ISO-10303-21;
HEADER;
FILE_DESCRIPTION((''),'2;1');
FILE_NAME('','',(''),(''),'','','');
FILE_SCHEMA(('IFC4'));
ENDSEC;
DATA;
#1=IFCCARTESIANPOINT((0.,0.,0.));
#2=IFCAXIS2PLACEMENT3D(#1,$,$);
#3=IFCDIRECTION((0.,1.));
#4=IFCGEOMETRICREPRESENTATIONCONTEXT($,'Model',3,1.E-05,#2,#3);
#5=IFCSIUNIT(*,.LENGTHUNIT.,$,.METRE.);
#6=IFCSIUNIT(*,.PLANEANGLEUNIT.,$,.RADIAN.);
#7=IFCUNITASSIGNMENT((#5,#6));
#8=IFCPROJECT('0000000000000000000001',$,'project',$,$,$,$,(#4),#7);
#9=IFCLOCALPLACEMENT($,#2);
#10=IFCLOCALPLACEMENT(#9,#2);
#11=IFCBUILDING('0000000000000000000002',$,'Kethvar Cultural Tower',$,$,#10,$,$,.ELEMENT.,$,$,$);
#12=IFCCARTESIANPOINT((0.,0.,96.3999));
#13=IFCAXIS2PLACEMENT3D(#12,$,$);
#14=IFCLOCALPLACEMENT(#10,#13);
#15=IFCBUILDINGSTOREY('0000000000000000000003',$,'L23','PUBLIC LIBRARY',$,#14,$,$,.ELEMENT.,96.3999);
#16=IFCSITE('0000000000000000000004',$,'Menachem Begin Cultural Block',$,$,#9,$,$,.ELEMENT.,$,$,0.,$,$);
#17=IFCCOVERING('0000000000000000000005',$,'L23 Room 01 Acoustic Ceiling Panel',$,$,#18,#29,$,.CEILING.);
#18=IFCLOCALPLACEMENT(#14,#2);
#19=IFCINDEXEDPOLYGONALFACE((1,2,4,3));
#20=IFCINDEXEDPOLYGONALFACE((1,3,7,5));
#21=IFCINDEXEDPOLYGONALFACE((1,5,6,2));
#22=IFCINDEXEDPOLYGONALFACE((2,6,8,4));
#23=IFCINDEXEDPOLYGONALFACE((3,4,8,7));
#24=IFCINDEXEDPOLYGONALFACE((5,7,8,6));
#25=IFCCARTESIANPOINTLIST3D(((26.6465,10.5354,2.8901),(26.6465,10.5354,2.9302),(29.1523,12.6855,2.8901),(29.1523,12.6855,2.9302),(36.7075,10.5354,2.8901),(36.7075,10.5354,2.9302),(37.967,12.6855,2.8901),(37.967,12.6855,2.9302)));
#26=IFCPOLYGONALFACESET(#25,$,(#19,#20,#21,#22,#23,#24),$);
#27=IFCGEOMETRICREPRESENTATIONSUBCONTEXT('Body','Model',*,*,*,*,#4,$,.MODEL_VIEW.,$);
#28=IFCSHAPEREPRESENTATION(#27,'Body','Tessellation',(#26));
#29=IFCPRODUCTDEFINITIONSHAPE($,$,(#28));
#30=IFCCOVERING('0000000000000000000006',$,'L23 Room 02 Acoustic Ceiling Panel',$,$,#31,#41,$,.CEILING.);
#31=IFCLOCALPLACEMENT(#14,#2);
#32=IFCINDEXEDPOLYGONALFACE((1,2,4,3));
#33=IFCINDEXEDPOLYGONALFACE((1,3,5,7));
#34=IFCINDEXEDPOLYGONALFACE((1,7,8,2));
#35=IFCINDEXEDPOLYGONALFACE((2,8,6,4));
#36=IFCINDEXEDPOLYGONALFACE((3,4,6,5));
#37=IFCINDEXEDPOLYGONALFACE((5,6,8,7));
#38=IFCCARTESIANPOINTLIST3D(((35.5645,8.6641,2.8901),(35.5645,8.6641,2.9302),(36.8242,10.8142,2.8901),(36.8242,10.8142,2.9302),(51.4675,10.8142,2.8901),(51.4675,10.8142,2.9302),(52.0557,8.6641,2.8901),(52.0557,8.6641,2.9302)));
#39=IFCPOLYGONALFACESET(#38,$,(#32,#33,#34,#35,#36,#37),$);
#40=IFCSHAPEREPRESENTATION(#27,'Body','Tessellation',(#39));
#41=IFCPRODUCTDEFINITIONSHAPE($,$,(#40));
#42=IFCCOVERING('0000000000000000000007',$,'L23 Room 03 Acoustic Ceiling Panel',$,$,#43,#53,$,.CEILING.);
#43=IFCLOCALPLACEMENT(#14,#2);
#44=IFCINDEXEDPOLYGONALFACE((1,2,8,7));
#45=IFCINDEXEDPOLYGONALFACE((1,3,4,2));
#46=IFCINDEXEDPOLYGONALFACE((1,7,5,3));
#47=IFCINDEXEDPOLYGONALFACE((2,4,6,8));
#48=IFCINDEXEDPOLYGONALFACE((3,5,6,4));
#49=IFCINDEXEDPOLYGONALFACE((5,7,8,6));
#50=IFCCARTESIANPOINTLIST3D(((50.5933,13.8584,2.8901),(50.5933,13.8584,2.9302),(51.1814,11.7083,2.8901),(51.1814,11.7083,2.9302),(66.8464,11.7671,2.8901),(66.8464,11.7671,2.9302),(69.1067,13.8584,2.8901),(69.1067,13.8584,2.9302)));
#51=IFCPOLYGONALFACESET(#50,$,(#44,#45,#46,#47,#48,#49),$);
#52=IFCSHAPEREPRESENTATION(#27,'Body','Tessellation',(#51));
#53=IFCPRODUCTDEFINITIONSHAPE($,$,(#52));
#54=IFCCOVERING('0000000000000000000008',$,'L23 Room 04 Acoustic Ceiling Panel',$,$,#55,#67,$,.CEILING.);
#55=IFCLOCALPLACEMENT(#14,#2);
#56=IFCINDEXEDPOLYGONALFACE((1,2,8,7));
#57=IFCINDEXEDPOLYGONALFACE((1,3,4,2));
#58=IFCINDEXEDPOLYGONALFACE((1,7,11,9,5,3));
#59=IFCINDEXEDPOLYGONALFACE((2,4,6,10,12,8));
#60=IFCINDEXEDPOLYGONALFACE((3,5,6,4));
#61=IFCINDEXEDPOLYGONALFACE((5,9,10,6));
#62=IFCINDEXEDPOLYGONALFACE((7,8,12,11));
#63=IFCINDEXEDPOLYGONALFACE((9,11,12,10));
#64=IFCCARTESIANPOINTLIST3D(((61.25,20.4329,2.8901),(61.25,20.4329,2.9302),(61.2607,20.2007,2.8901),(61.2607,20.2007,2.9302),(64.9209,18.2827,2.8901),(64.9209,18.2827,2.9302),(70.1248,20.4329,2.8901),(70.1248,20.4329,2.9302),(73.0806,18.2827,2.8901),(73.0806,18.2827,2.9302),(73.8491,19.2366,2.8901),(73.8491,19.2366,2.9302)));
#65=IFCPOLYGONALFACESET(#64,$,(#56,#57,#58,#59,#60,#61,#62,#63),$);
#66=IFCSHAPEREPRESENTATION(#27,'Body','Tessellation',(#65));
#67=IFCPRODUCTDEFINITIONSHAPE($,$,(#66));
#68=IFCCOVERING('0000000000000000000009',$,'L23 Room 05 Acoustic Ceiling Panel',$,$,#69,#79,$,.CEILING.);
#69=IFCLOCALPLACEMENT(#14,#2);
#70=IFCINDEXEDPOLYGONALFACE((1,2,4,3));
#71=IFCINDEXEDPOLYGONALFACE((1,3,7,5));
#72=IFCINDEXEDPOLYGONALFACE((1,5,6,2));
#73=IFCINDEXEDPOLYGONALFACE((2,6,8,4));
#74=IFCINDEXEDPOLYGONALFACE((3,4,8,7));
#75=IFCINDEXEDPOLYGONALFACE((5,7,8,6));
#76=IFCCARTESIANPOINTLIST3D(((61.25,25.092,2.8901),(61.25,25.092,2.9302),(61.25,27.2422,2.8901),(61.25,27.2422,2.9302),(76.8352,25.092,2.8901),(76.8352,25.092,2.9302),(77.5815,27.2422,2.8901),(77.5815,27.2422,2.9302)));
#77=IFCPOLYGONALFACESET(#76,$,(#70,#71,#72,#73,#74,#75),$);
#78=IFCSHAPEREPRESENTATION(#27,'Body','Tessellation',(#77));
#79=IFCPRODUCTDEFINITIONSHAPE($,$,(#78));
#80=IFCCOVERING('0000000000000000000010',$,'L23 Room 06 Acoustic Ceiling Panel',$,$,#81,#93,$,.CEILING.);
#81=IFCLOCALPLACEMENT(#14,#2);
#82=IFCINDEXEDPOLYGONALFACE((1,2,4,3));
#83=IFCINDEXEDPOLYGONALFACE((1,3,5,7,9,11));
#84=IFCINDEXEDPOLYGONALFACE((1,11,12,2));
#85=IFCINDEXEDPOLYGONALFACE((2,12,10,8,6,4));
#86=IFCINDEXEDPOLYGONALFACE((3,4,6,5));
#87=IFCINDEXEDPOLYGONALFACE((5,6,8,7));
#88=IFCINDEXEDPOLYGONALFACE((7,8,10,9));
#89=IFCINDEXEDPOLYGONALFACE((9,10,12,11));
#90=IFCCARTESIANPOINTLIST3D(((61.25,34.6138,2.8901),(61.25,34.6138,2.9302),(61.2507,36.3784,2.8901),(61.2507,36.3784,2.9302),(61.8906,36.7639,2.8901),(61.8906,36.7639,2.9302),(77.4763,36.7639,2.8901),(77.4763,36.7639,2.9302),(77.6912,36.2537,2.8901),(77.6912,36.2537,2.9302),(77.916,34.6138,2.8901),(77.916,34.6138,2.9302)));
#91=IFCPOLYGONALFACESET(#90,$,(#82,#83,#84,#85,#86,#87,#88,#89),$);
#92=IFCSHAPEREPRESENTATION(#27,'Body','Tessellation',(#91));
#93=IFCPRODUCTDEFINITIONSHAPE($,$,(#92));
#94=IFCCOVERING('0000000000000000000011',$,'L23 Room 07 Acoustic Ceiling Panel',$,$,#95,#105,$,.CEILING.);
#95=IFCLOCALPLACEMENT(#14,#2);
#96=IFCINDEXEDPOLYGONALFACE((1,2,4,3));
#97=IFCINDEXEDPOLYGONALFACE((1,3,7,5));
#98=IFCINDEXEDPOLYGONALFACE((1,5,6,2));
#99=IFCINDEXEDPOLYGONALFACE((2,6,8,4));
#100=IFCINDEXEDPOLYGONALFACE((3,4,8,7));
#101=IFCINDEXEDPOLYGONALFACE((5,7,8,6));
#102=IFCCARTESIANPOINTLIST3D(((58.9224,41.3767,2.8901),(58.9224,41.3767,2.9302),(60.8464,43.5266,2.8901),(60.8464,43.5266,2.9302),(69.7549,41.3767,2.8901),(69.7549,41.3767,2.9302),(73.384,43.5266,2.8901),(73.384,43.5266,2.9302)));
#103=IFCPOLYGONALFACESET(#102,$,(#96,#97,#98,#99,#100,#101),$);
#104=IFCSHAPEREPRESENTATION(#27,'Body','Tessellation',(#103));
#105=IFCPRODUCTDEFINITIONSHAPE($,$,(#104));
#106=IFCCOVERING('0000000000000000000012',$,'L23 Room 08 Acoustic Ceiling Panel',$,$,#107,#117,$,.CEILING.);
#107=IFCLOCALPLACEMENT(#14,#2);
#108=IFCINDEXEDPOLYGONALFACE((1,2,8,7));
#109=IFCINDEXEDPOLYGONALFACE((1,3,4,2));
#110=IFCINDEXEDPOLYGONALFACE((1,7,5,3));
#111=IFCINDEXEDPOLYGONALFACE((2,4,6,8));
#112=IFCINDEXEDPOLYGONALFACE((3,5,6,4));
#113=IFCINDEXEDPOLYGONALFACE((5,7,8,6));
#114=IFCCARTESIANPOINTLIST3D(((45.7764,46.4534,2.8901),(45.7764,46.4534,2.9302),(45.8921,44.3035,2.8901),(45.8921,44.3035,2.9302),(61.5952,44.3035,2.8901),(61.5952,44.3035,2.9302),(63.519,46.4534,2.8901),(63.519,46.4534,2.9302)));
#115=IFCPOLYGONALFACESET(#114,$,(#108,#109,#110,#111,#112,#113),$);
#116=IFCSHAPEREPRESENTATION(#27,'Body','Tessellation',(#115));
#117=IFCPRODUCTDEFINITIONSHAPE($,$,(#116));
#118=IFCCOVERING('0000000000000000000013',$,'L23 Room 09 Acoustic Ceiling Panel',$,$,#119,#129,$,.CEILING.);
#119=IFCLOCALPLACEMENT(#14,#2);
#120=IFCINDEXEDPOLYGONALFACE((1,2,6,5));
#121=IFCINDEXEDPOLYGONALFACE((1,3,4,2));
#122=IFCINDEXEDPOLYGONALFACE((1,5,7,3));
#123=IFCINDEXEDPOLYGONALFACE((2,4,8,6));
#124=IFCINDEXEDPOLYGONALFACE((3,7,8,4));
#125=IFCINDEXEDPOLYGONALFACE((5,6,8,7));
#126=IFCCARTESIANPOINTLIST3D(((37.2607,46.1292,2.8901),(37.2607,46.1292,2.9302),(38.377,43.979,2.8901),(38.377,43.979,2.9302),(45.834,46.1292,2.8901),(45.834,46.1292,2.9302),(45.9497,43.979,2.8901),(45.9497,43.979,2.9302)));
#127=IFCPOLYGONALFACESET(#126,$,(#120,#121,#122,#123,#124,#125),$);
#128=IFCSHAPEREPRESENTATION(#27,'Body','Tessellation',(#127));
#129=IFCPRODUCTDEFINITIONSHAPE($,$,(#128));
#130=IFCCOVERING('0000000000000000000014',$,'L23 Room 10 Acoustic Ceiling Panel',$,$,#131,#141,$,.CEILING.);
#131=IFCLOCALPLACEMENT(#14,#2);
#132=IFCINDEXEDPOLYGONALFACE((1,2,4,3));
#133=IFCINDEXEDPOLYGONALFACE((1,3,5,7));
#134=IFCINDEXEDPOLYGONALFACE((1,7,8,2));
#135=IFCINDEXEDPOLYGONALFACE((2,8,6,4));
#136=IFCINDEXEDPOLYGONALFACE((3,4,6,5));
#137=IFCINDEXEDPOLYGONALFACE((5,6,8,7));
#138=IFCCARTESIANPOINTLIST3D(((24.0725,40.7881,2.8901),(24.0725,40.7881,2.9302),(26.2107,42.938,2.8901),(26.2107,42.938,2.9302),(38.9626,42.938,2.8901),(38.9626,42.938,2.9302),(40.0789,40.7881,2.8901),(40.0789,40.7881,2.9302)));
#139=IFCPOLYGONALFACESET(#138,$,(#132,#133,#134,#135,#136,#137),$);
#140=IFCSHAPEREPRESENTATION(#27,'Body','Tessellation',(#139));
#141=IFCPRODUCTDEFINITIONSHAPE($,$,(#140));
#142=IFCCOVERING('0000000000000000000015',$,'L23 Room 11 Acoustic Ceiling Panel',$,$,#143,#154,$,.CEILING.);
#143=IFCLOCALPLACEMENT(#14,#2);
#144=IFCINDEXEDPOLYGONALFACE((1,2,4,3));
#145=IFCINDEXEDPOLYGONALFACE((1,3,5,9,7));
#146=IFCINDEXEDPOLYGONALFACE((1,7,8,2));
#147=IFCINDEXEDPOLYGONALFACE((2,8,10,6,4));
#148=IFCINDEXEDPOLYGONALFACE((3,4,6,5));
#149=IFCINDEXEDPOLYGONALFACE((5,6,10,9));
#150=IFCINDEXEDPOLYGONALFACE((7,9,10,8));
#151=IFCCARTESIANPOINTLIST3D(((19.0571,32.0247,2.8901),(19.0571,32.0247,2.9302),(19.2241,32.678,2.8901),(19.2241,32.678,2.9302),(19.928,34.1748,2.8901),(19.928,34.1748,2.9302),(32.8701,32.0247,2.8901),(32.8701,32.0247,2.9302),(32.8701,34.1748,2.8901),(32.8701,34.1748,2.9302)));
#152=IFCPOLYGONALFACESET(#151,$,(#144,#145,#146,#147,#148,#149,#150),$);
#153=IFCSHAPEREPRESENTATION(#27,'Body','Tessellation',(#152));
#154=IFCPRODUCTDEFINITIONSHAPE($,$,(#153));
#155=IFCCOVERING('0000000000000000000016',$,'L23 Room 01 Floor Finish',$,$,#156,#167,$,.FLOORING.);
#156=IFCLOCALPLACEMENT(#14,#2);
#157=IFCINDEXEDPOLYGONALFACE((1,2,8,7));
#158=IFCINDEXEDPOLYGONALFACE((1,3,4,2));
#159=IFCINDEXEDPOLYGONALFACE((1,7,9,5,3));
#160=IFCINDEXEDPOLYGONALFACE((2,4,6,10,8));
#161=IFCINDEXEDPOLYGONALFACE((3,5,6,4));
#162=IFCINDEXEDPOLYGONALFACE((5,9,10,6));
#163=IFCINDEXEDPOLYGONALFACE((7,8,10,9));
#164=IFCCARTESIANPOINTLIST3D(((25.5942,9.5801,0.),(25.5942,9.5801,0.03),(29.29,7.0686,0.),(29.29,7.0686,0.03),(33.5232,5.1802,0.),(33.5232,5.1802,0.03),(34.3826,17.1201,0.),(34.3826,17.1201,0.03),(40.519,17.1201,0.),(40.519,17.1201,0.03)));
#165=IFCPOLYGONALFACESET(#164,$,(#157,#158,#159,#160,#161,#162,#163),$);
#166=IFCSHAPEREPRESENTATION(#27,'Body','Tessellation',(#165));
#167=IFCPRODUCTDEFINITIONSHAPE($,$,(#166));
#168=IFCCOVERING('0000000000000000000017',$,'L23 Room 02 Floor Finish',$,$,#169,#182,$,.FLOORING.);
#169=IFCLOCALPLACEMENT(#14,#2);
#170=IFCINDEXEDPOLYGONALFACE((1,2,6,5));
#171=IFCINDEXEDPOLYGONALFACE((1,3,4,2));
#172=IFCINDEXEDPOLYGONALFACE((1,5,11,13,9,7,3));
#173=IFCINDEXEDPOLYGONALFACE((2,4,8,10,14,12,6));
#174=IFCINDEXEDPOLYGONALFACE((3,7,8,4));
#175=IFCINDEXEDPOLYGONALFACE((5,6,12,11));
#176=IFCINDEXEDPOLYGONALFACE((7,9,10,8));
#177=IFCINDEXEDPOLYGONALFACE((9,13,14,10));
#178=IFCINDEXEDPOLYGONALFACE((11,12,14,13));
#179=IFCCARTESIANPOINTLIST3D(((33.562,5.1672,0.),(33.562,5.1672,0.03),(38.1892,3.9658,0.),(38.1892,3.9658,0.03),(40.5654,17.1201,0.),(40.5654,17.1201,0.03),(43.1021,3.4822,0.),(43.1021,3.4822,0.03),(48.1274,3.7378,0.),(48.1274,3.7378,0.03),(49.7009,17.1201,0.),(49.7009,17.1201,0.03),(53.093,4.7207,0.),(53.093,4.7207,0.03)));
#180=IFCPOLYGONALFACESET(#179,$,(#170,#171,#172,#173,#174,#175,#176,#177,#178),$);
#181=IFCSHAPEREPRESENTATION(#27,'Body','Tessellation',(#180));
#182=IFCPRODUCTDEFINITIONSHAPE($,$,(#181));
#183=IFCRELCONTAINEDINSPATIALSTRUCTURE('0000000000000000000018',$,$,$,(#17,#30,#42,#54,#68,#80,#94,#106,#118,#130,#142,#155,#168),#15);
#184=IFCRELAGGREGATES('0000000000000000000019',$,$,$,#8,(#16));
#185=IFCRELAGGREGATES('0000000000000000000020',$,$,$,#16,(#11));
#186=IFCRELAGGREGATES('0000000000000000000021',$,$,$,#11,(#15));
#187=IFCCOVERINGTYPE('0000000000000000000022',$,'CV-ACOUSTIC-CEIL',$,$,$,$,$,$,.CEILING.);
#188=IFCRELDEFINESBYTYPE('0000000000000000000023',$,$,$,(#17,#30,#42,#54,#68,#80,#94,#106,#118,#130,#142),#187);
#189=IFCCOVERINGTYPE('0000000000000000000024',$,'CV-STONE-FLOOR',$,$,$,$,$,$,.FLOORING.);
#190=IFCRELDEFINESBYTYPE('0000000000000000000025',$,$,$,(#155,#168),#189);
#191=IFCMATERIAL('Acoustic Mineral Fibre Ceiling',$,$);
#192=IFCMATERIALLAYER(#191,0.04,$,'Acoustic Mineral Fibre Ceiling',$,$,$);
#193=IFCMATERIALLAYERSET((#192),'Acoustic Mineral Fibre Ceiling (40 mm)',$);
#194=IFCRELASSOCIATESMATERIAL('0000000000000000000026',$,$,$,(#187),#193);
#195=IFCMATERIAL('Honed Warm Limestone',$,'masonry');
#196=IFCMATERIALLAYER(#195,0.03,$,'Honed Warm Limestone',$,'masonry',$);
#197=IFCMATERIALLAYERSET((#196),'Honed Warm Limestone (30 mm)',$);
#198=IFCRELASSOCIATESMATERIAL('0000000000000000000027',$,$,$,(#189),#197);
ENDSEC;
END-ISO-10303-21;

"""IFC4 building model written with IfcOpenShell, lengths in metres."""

from ifc_helpers import new_model, si_unit, direction, frame, origin, place, context, subcontext, project, spatial, polyline, outline, extrude, material, layer, layer_set, type_object, element, save


model = new_model("IFC4")

# Units and contexts
model_context = context("Model", 3, precision=1e-05, world=origin(), true_north=direction((0.0, 1.0)))
body_context = subcontext(model_context, "Body", "Model", "MODEL_VIEW")
ifc_project = project(units=[si_unit("LENGTHUNIT", "METRE"), si_unit("PLANEANGLEUNIT", "RADIAN")], contexts=[model_context])

# Site, building, storey
site_placement = place(None, origin())
site = spatial("IfcSite", under=ifc_project, at=site_placement, Name="Menachem Begin Cultural Block", CompositionType="ELEMENT", RefElevation=0.0)
building_placement = place(site_placement, origin())
building = spatial("IfcBuilding", under=site, at=building_placement, Name="Kethvar Cultural Tower", CompositionType="ELEMENT")
storey_placement = place(building_placement, frame((0.0, 0.0, 96.3999)))
storey = spatial("IfcBuildingStorey", under=building, at=storey_placement, Name="L23", Description="PUBLIC LIBRARY", CompositionType="ELEMENT", Elevation=96.3999)

# Coverings
ifc_material_1 = material(Name="Acoustic Mineral Fibre Ceiling")
ifc_layer_1 = layer(ifc_material_1, 0.04, Name="Acoustic Mineral Fibre Ceiling")
ifc_layer_set_1 = layer_set([ifc_layer_1], Name="Acoustic Mineral Fibre Ceiling (40 mm)")
covering_type_1 = type_object("IfcCoveringType", Name="CV-ACOUSTIC-CEIL", PredefinedType="CEILING", material=ifc_layer_set_1)
covering_1_placement = place(storey_placement, frame((0.0, 0.0, 2.8901)))
element("IfcCovering", 1, at=covering_1_placement, inside=storey, type_object=covering_type_1, Name="L23 Room 01 Acoustic Ceiling Panel", PredefinedType="CEILING", context=body_context, shape_type="SweptSolid", body=[
    extrude(outline(polyline([(29.1523, 12.6855), (37.967, 12.6855), (36.7075, 10.5354), (26.6465, 10.5354), (29.1523, 12.6855)])), origin(), (0.0, 0.0, 1.0), 0.04),
])
covering_2_placement = place(storey_placement, frame((0.0, 0.0, 2.8901)))
element("IfcCovering", 2, at=covering_2_placement, inside=storey, type_object=covering_type_1, Name="L23 Room 02 Acoustic Ceiling Panel", PredefinedType="CEILING", context=body_context, shape_type="SweptSolid", body=[
    extrude(outline(polyline([(36.8242, 10.8142), (51.4675, 10.8142), (52.0557, 8.6641), (35.5645, 8.6641), (36.8242, 10.8142)])), origin(), (0.0, 0.0, 1.0), 0.04),
])
covering_3_placement = place(storey_placement, frame((0.0, 0.0, 2.8901)))
element("IfcCovering", 3, at=covering_3_placement, inside=storey, type_object=covering_type_1, Name="L23 Room 03 Acoustic Ceiling Panel", PredefinedType="CEILING", context=body_context, shape_type="SweptSolid", body=[
    extrude(outline(polyline([(66.8464, 11.7671), (51.1814, 11.7083), (50.5933, 13.8584), (69.1067, 13.8584), (66.8464, 11.7671)])), origin(), (0.0, 0.0, 1.0), 0.04),
])
covering_4_placement = place(storey_placement, frame((0.0, 0.0, 2.8901)))
element("IfcCovering", 4, at=covering_4_placement, inside=storey, type_object=covering_type_1, Name="L23 Room 04 Acoustic Ceiling Panel", PredefinedType="CEILING", context=body_context, shape_type="SweptSolid", body=[
    extrude(outline(polyline([(61.2607, 20.2007), (61.25, 20.4329), (70.1248, 20.4329), (73.8491, 19.2366), (73.0806, 18.2827), (64.9209, 18.2827), (61.2607, 20.2007)])), origin(), (0.0, 0.0, 1.0), 0.04),
])
covering_5_placement = place(storey_placement, frame((0.0, 0.0, 2.8901)))
element("IfcCovering", 5, at=covering_5_placement, inside=storey, type_object=covering_type_1, Name="L23 Room 05 Acoustic Ceiling Panel", PredefinedType="CEILING", context=body_context, shape_type="SweptSolid", body=[
    extrude(outline(polyline([(76.8352, 25.092), (61.25, 25.092), (61.25, 27.2422), (77.5815, 27.2422), (76.8352, 25.092)])), origin(), (0.0, 0.0, 1.0), 0.04),
])
covering_6_placement = place(storey_placement, frame((0.0, 0.0, 2.8901)))
element("IfcCovering", 6, at=covering_6_placement, inside=storey, type_object=covering_type_1, Name="L23 Room 06 Acoustic Ceiling Panel", PredefinedType="CEILING", context=body_context, shape_type="SweptSolid", body=[
    extrude(outline(polyline([(77.6912, 36.2537), (77.916, 34.6138), (61.25, 34.6138), (61.2507, 36.3784), (61.8906, 36.7639), (77.4763, 36.7639), (77.6912, 36.2537)])), origin(), (0.0, 0.0, 1.0), 0.04),
])
covering_7_placement = place(storey_placement, frame((0.0, 0.0, 2.8901)))
element("IfcCovering", 7, at=covering_7_placement, inside=storey, type_object=covering_type_1, Name="L23 Room 07 Acoustic Ceiling Panel", PredefinedType="CEILING", context=body_context, shape_type="SweptSolid", body=[
    extrude(outline(polyline([(69.7549, 41.3767), (58.9224, 41.3767), (60.8464, 43.5266), (73.384, 43.5266), (69.7549, 41.3767)])), origin(), (0.0, 0.0, 1.0), 0.04),
])
covering_8_placement = place(storey_placement, frame((0.0, 0.0, 2.8901)))
element("IfcCovering", 8, at=covering_8_placement, inside=storey, type_object=covering_type_1, Name="L23 Room 08 Acoustic Ceiling Panel", PredefinedType="CEILING", context=body_context, shape_type="SweptSolid", body=[
    extrude(outline(polyline([(61.5952, 44.3035), (45.8921, 44.3035), (45.7764, 46.4534), (63.519, 46.4534), (61.5952, 44.3035)])), origin(), (0.0, 0.0, 1.0), 0.04),
])
covering_9_placement = place(storey_placement, frame((0.0, 0.0, 2.8901)))
element("IfcCovering", 9, at=covering_9_placement, inside=storey, type_object=covering_type_1, Name="L23 Room 09 Acoustic Ceiling Panel", PredefinedType="CEILING", context=body_context, shape_type="SweptSolid", body=[
    extrude(outline(polyline([(45.9497, 43.979), (38.377, 43.979), (37.2607, 46.1292), (45.834, 46.1292), (45.9497, 43.979)])), origin(), (0.0, 0.0, 1.0), 0.04),
])
covering_10_placement = place(storey_placement, frame((0.0, 0.0, 2.8901)))
element("IfcCovering", 10, at=covering_10_placement, inside=storey, type_object=covering_type_1, Name="L23 Room 10 Acoustic Ceiling Panel", PredefinedType="CEILING", context=body_context, shape_type="SweptSolid", body=[
    extrude(outline(polyline([(40.0789, 40.7881), (24.0725, 40.7881), (26.2107, 42.938), (38.9626, 42.938), (40.0789, 40.7881)])), origin(), (0.0, 0.0, 1.0), 0.04),
])
covering_11_placement = place(storey_placement, frame((0.0, 0.0, 2.8901)))
element("IfcCovering", 11, at=covering_11_placement, inside=storey, type_object=covering_type_1, Name="L23 Room 11 Acoustic Ceiling Panel", PredefinedType="CEILING", context=body_context, shape_type="SweptSolid", body=[
    extrude(outline(polyline([(19.2241, 32.678), (19.928, 34.1748), (32.8701, 34.1748), (32.8701, 32.0247), (19.0571, 32.0247), (19.2241, 32.678)])), origin(), (0.0, 0.0, 1.0), 0.04),
])
ifc_material_2 = material(Name="Honed Warm Limestone", Category="masonry")
ifc_layer_2 = layer(ifc_material_2, 0.03, Name="Honed Warm Limestone", Category="masonry")
ifc_layer_set_2 = layer_set([ifc_layer_2], Name="Honed Warm Limestone (30 mm)")
covering_type_2 = type_object("IfcCoveringType", Name="CV-STONE-FLOOR", PredefinedType="FLOORING", material=ifc_layer_set_2)
covering_12_placement = place(storey_placement, origin())
element("IfcCovering", 12, at=covering_12_placement, inside=storey, type_object=covering_type_2, Name="L23 Room 01 Floor Finish", PredefinedType="FLOORING", context=body_context, shape_type="SweptSolid", body=[
    extrude(outline(polyline([(33.5232, 5.1802), (29.29, 7.0686), (25.5942, 9.5801), (34.3826, 17.1201), (40.519, 17.1201), (33.5232, 5.1802)])), origin(), (0.0, 0.0, 1.0), 0.03),
])
covering_13_placement = place(storey_placement, origin())
element("IfcCovering", 13, at=covering_13_placement, inside=storey, type_object=covering_type_2, Name="L23 Room 02 Floor Finish", PredefinedType="FLOORING", context=body_context, shape_type="SweptSolid", body=[
    extrude(outline(polyline([(48.1274, 3.7378), (43.1021, 3.4822), (38.1892, 3.9658), (33.562, 5.1672), (40.5654, 17.1201), (49.7009, 17.1201), (53.093, 4.7207), (48.1274, 3.7378)])), origin(), (0.0, 0.0, 1.0), 0.03),
])

save(model, "model.ifc")
